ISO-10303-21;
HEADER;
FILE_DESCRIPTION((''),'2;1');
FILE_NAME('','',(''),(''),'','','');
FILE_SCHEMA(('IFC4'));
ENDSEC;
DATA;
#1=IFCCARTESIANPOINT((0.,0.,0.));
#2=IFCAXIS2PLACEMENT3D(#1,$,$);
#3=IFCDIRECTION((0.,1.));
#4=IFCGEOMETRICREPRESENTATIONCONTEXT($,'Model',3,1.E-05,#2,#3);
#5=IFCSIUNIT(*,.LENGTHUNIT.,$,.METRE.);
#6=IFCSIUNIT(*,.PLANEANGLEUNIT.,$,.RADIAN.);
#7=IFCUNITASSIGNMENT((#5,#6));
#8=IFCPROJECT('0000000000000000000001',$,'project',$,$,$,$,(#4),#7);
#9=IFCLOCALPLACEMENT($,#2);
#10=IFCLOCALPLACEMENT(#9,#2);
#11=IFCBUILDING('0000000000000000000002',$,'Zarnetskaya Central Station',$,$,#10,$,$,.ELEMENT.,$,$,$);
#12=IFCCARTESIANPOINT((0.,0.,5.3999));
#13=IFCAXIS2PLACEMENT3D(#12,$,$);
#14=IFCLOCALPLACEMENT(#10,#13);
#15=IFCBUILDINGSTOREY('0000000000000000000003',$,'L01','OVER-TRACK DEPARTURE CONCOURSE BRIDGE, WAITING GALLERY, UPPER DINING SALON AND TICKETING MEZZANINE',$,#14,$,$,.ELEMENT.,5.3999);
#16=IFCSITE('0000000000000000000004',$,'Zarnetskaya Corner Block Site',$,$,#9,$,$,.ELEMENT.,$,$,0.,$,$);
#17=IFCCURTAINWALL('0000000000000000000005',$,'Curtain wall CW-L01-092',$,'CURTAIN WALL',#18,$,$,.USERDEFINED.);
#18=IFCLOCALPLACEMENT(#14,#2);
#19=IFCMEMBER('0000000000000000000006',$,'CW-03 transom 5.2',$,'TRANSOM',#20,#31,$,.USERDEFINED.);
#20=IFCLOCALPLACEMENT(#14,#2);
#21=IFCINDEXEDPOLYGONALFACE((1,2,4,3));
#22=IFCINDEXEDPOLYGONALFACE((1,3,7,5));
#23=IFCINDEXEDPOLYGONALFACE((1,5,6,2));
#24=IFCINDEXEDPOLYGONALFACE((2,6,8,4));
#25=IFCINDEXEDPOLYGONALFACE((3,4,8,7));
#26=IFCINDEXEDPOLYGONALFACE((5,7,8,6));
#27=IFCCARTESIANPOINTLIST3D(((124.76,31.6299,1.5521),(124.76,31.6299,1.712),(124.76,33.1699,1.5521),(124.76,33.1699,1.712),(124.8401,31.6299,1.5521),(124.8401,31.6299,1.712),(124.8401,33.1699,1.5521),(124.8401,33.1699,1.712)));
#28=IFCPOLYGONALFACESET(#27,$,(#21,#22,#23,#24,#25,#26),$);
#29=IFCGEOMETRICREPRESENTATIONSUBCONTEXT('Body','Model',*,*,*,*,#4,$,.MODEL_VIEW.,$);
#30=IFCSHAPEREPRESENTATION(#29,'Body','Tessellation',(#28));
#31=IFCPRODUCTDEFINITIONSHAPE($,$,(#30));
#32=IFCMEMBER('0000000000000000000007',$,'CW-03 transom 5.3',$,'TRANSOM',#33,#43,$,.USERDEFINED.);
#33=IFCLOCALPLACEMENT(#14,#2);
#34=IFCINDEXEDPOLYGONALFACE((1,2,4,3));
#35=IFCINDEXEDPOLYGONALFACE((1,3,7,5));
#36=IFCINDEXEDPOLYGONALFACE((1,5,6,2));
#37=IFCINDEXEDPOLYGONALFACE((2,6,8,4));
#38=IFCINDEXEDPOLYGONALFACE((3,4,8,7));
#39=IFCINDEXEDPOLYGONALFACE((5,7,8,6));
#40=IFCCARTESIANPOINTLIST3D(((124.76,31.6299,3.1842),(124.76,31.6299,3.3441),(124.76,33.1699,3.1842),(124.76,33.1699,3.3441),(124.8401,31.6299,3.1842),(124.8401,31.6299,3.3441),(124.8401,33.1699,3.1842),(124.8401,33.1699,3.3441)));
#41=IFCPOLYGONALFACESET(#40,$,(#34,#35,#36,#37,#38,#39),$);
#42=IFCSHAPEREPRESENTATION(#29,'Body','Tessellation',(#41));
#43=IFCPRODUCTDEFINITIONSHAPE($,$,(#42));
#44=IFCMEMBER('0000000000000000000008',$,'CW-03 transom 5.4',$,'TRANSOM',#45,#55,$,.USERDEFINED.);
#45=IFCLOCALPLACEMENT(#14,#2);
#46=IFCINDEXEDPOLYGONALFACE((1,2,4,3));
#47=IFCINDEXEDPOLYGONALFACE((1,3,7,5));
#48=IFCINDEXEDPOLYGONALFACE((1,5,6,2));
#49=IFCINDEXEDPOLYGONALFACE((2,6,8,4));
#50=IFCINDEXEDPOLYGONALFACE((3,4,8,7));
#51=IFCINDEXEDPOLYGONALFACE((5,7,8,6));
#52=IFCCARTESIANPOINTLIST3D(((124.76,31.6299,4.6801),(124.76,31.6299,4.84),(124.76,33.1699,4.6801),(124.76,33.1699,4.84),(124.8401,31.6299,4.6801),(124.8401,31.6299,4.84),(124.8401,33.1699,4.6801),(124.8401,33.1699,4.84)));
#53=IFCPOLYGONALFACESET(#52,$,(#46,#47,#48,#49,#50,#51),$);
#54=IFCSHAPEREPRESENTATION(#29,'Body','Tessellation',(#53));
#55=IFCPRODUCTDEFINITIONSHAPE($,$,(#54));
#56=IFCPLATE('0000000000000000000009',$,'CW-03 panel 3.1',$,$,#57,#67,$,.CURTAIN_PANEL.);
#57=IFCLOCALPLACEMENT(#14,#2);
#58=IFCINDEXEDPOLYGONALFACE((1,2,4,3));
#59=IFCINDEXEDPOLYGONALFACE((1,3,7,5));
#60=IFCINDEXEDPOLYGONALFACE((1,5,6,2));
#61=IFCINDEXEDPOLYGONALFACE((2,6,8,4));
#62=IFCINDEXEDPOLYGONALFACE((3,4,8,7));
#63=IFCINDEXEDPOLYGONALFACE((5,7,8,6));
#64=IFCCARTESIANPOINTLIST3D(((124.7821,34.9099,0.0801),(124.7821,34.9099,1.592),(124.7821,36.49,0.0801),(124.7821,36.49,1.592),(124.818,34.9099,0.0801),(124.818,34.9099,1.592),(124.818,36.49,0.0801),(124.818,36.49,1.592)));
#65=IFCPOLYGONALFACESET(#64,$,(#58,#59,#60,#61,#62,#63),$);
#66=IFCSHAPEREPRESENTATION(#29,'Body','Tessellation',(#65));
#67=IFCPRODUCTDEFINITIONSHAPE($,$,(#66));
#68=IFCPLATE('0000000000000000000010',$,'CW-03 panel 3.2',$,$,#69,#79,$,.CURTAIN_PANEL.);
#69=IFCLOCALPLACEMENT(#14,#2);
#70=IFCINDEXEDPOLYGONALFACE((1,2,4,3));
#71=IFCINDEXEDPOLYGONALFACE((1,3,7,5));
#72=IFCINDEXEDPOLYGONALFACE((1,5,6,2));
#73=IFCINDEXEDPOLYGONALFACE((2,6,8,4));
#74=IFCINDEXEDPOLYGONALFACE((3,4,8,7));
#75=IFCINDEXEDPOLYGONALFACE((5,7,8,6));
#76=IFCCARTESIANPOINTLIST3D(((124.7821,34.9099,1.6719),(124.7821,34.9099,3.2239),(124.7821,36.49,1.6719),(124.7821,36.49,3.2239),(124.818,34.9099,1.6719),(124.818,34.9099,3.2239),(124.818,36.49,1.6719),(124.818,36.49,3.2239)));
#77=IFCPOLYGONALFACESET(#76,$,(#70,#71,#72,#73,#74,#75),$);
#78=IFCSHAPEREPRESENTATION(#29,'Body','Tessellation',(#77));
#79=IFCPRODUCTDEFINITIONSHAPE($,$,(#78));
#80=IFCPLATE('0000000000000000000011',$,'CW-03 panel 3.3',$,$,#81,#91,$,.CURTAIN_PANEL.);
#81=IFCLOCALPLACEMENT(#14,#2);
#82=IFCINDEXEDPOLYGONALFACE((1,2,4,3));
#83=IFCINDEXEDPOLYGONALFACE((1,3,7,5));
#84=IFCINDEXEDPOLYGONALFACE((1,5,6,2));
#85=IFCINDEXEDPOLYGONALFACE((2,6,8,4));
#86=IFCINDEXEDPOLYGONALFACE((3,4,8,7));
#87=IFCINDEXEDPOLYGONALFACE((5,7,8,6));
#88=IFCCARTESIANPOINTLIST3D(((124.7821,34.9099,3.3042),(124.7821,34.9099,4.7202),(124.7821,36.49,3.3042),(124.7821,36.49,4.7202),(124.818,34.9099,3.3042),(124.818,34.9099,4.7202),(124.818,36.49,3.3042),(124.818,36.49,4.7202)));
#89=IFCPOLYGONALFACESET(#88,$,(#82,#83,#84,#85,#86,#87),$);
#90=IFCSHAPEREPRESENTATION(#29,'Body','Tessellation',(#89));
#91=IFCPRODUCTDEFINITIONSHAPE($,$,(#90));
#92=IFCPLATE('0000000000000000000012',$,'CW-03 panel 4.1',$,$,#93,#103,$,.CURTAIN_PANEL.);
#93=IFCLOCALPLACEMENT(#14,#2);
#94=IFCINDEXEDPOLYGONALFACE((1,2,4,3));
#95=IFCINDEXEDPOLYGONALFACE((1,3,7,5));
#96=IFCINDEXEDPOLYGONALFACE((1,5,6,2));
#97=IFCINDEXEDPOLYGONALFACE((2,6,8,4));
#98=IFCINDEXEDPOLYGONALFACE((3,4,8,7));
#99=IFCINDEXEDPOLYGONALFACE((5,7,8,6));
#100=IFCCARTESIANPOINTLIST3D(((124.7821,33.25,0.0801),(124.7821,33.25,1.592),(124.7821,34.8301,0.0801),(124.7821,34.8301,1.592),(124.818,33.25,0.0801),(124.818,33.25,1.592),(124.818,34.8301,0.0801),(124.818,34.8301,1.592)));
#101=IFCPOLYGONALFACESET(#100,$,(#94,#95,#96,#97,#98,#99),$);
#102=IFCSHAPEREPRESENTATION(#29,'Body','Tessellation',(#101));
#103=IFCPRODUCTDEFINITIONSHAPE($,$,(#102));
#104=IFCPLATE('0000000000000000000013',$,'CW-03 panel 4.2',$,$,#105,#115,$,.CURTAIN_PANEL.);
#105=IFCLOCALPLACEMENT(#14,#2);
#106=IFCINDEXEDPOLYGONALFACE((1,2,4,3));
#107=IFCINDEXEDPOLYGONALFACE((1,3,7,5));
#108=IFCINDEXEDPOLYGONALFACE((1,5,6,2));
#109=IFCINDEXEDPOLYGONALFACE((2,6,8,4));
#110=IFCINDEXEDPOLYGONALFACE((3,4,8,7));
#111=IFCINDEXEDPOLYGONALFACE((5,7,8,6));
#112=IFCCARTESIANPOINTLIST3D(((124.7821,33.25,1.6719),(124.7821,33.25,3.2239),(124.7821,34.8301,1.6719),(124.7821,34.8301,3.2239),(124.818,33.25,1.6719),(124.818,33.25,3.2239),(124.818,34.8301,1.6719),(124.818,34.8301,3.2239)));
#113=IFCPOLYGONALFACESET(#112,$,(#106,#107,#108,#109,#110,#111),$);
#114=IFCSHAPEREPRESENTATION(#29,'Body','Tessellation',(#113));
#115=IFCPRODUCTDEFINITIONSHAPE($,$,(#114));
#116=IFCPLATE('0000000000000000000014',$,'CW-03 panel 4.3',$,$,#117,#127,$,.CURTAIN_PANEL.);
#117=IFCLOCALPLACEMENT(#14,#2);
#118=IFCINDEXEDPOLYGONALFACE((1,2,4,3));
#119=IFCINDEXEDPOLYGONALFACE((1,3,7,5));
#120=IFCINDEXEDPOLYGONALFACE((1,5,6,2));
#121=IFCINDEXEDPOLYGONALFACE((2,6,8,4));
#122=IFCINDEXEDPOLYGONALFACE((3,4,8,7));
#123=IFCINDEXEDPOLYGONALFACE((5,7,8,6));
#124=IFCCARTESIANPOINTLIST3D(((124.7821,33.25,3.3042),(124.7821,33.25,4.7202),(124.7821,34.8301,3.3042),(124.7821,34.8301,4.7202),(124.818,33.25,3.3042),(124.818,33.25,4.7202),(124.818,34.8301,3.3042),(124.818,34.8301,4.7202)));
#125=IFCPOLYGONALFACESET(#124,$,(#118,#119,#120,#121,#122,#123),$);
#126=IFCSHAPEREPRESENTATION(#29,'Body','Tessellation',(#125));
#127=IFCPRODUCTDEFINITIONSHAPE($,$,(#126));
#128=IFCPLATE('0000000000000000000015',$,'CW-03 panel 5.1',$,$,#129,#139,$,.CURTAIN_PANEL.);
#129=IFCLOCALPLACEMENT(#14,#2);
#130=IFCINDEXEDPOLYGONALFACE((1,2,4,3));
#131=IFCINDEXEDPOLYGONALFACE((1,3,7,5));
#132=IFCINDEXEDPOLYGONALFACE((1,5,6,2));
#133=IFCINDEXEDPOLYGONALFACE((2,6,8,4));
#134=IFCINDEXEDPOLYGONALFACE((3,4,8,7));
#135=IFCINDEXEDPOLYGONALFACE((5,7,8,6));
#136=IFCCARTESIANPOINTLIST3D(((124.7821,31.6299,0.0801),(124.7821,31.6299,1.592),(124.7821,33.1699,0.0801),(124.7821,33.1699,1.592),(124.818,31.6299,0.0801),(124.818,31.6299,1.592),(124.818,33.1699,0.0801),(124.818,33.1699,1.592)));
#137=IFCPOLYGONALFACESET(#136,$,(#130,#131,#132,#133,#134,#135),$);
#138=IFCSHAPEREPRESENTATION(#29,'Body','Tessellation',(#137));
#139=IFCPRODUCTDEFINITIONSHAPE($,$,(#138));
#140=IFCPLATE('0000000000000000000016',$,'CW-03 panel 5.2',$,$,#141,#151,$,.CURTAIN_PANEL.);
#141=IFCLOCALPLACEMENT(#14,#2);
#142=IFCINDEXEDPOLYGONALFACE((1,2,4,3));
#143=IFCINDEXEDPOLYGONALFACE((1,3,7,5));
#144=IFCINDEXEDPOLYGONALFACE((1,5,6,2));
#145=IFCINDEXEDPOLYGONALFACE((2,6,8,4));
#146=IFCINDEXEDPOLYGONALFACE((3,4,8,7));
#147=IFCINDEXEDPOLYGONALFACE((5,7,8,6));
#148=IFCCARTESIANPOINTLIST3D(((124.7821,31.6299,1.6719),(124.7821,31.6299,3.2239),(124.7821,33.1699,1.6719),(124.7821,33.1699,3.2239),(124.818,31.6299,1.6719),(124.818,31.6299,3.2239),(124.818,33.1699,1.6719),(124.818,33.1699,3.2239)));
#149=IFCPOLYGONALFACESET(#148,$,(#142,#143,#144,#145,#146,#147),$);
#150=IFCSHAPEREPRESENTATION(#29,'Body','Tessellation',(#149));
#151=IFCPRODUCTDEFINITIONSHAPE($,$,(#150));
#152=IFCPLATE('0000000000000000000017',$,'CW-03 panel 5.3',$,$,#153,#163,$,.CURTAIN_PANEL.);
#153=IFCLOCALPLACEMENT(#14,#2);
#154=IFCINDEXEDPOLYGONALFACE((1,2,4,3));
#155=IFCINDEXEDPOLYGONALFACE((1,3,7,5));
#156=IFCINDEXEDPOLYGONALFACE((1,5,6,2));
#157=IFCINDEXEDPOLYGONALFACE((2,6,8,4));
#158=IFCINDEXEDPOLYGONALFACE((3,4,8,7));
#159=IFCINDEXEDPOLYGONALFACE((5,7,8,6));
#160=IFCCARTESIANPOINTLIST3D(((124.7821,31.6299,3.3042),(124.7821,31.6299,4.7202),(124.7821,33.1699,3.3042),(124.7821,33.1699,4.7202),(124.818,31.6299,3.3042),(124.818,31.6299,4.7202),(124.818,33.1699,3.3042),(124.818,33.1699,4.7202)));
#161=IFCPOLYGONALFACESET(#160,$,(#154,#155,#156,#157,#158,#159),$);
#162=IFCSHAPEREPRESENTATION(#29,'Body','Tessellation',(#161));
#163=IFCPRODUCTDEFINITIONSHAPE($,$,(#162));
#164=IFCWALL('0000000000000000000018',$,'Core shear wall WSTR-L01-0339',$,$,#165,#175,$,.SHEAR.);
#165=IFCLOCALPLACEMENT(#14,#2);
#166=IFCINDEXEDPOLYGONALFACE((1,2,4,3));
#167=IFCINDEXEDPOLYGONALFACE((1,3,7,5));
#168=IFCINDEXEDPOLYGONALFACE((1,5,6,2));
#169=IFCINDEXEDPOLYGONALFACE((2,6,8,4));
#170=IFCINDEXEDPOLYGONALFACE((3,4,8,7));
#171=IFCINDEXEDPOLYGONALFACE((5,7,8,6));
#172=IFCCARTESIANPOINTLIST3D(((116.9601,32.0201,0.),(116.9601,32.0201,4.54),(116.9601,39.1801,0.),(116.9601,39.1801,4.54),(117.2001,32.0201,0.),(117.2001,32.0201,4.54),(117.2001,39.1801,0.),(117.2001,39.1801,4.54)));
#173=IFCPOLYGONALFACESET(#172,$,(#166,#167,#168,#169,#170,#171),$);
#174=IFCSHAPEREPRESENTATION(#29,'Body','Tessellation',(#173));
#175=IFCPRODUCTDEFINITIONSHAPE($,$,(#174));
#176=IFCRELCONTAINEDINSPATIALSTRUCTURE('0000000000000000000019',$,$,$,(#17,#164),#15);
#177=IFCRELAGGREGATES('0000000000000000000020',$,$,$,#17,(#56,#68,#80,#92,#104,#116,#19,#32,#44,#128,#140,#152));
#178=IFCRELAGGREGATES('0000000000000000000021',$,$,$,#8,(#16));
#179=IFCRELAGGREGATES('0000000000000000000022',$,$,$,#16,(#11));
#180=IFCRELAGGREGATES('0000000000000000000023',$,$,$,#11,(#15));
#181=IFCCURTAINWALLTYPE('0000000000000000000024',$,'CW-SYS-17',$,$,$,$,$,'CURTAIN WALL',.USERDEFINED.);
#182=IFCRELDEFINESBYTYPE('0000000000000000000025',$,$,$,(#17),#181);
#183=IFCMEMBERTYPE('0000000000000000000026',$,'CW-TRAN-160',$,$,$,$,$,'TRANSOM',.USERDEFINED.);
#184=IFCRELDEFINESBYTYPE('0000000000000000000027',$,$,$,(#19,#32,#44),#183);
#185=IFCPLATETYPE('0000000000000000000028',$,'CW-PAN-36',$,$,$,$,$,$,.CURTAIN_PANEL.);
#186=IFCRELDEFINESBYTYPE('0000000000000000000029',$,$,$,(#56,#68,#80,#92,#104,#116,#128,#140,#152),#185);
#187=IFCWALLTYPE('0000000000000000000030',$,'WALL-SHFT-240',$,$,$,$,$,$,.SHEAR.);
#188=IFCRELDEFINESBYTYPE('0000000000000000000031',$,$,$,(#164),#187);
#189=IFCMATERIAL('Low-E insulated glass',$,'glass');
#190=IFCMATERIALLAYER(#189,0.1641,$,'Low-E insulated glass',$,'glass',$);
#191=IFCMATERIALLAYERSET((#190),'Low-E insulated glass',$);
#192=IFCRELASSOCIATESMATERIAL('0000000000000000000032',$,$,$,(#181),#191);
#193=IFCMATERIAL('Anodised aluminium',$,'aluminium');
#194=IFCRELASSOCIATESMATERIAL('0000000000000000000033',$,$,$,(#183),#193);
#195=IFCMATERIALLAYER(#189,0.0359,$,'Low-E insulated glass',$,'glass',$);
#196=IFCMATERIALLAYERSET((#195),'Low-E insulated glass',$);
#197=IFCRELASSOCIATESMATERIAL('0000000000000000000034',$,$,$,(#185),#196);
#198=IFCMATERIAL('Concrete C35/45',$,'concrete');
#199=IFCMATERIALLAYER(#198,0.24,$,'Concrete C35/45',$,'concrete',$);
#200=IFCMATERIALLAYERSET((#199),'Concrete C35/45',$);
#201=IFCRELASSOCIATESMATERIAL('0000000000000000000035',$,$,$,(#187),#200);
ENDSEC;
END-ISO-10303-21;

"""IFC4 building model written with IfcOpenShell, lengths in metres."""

from ifc_helpers import new_model, si_unit, direction, frame, frame_2d, origin, origin_2d, place, context, subcontext, project, spatial, rectangle, extrude, material, layer, layer_set, material_profile, profile_set, type_object, element, aggregate, save


model = new_model("IFC4")

# Units and contexts
model_context = context("Model", 3, precision=1e-05, world=origin(), true_north=direction((0.0, 1.0)))
body_context = subcontext(model_context, "Body", "Model", "MODEL_VIEW")
ifc_project = project(units=[si_unit("LENGTHUNIT", "METRE"), si_unit("PLANEANGLEUNIT", "RADIAN")], contexts=[model_context])

# Site, building, storey
site_placement = place(None, origin())
site = spatial("IfcSite", under=ifc_project, at=site_placement, Name="Zarnetskaya Corner Block Site", CompositionType="ELEMENT", RefElevation=0.0)
building_placement = place(site_placement, origin())
building = spatial("IfcBuilding", under=site, at=building_placement, Name="Zarnetskaya Central Station", CompositionType="ELEMENT")
storey_placement = place(building_placement, frame((0.0, 0.0, 5.3999)))
storey = spatial("IfcBuildingStorey", under=building, at=storey_placement, Name="L01", Description="OVER-TRACK DEPARTURE CONCOURSE BRIDGE, WAITING GALLERY, UPPER DINING SALON AND TICKETING MEZZANINE", CompositionType="ELEMENT", Elevation=5.3999)

# Curtain wall, members, plates
ifc_material_1 = material(Name="Low-E insulated glass", Category="glass")
ifc_layer_1 = layer(ifc_material_1, 0.1641, Name="Low-E insulated glass", Category="glass")
ifc_layer_set_1 = layer_set([ifc_layer_1], Name="Low-E insulated glass")
curtain_wall_type = type_object("IfcCurtainWallType", Name="CW-SYS-17", ElementType="CURTAIN WALL", PredefinedType="USERDEFINED", material=ifc_layer_set_1)
curtain_wall_placement = place(storey_placement, origin())
curtain_wall = element("IfcCurtainWall", 1, at=curtain_wall_placement, inside=storey, type_object=curtain_wall_type, Name="Curtain wall CW-L01-092", ObjectType="CURTAIN WALL", PredefinedType="USERDEFINED")
ifc_material_2 = material(Name="Anodised aluminium", Category="aluminium")
ifc_material_profile_1 = material_profile(ifc_material_2, rectangle(XDim=0.0801, YDim=0.1599, at=origin_2d()), Name="ALU TRAN 80x160")
ifc_profile_set_1 = profile_set([ifc_material_profile_1], Name="Anodised aluminium")
member_type_1 = type_object("IfcMemberType", Name="CW-TRAN-160", ElementType="TRANSOM", PredefinedType="USERDEFINED", material=ifc_profile_set_1)
member_1_placement = place(storey_placement, frame((124.8, 33.1699, 1.6321), z_axis=(0.0, -1.0, 0.0), x_axis=(1.0, 0.0, 0.0)))
member_1 = element("IfcMember", 2, at=member_1_placement, type_object=member_type_1, Name="CW-03 transom 5.2", ObjectType="TRANSOM", PredefinedType="USERDEFINED", context=body_context, shape_type="SweptSolid", body=[
    extrude(rectangle(XDim=0.0801, YDim=0.1599, at=origin_2d()), origin(), (0.0, 0.0, 1.0), 1.54),
])
member_2_placement = place(storey_placement, frame((124.8, 33.1699, 3.2642), z_axis=(0.0, -1.0, 0.0), x_axis=(1.0, 0.0, 0.0)))
member_2 = element("IfcMember", 3, at=member_2_placement, type_object=member_type_1, Name="CW-03 transom 5.3", ObjectType="TRANSOM", PredefinedType="USERDEFINED", context=body_context, shape_type="SweptSolid", body=[
    extrude(rectangle(XDim=0.0801, YDim=0.1599, at=origin_2d()), origin(), (0.0, 0.0, 1.0), 1.54),
])
member_3_placement = place(storey_placement, frame((124.8, 33.1699, 4.76), z_axis=(0.0, -1.0, 0.0), x_axis=(1.0, 0.0, 0.0)))
member_3 = element("IfcMember", 4, at=member_3_placement, type_object=member_type_1, Name="CW-03 transom 5.4", ObjectType="TRANSOM", PredefinedType="USERDEFINED", context=body_context, shape_type="SweptSolid", body=[
    extrude(rectangle(XDim=0.0801, YDim=0.1599, at=origin_2d()), origin(), (0.0, 0.0, 1.0), 1.54),
])
ifc_layer_2 = layer(ifc_material_1, 0.0359, Name="Low-E insulated glass", Category="glass")
ifc_layer_set_2 = layer_set([ifc_layer_2], Name="Low-E insulated glass")
plate_type = type_object("IfcPlateType", Name="CW-PAN-36", PredefinedType="CURTAIN_PANEL", material=ifc_layer_set_2)
plate_1_placement = place(storey_placement, frame((124.8, 35.7, 0.0801), z_axis=(0.0, 0.0, 1.0), x_axis=(0.0, -1.0, 0.0)))
plate_1 = element("IfcPlate", 5, at=plate_1_placement, type_object=plate_type, Name="CW-03 panel 3.1", PredefinedType="CURTAIN_PANEL", context=body_context, shape_type="SweptSolid", body=[
    extrude(rectangle(XDim=1.5801, YDim=0.0359, at=origin_2d()), origin(), (0.0, 0.0, 1.0), 1.512),
])
plate_2_placement = place(storey_placement, frame((124.8, 35.7, 1.6719), z_axis=(0.0, 0.0, 1.0), x_axis=(0.0, -1.0, 0.0)))
plate_2 = element("IfcPlate", 6, at=plate_2_placement, type_object=plate_type, Name="CW-03 panel 3.2", PredefinedType="CURTAIN_PANEL", context=body_context, shape_type="SweptSolid", body=[
    extrude(rectangle(XDim=1.5801, YDim=0.0359, at=origin_2d()), origin(), (0.0, 0.0, 1.0), 1.552),
])
plate_3_placement = place(storey_placement, frame((124.8, 35.7, 3.3042), z_axis=(0.0, 0.0, 1.0), x_axis=(0.0, -1.0, 0.0)))
plate_3 = element("IfcPlate", 7, at=plate_3_placement, type_object=plate_type, Name="CW-03 panel 3.3", PredefinedType="CURTAIN_PANEL", context=body_context, shape_type="SweptSolid", body=[
    extrude(rectangle(XDim=1.5801, YDim=0.0359, at=origin_2d()), origin(), (0.0, 0.0, 1.0), 1.416),
])
plate_4_placement = place(storey_placement, frame((124.8, 34.04, 0.0801), z_axis=(0.0, 0.0, 1.0), x_axis=(0.0, -1.0, 0.0)))
plate_4 = element("IfcPlate", 8, at=plate_4_placement, type_object=plate_type, Name="CW-03 panel 4.1", PredefinedType="CURTAIN_PANEL", context=body_context, shape_type="SweptSolid", body=[
    extrude(rectangle(XDim=1.5801, YDim=0.0359, at=origin_2d()), origin(), (0.0, 0.0, 1.0), 1.512),
])
plate_5_placement = place(storey_placement, frame((124.8, 34.04, 1.6719), z_axis=(0.0, 0.0, 1.0), x_axis=(0.0, -1.0, 0.0)))
plate_5 = element("IfcPlate", 9, at=plate_5_placement, type_object=plate_type, Name="CW-03 panel 4.2", PredefinedType="CURTAIN_PANEL", context=body_context, shape_type="SweptSolid", body=[
    extrude(rectangle(XDim=1.5801, YDim=0.0359, at=origin_2d()), origin(), (0.0, 0.0, 1.0), 1.552),
])
plate_6_placement = place(storey_placement, frame((124.8, 34.04, 3.3042), z_axis=(0.0, 0.0, 1.0), x_axis=(0.0, -1.0, 0.0)))
plate_6 = element("IfcPlate", 10, at=plate_6_placement, type_object=plate_type, Name="CW-03 panel 4.3", PredefinedType="CURTAIN_PANEL", context=body_context, shape_type="SweptSolid", body=[
    extrude(rectangle(XDim=1.5801, YDim=0.0359, at=origin_2d()), origin(), (0.0, 0.0, 1.0), 1.416),
])
plate_7_placement = place(storey_placement, frame((124.8, 32.3999, 0.0801), z_axis=(0.0, 0.0, 1.0), x_axis=(0.0, -1.0, 0.0)))
plate_7 = element("IfcPlate", 11, at=plate_7_placement, type_object=plate_type, Name="CW-03 panel 5.1", PredefinedType="CURTAIN_PANEL", context=body_context, shape_type="SweptSolid", body=[
    extrude(rectangle(XDim=1.54, YDim=0.0359, at=origin_2d()), origin(), (0.0, 0.0, 1.0), 1.512),
])
plate_8_placement = place(storey_placement, frame((124.8, 32.3999, 1.6719), z_axis=(0.0, 0.0, 1.0), x_axis=(0.0, -1.0, 0.0)))
plate_8 = element("IfcPlate", 12, at=plate_8_placement, type_object=plate_type, Name="CW-03 panel 5.2", PredefinedType="CURTAIN_PANEL", context=body_context, shape_type="SweptSolid", body=[
    extrude(rectangle(XDim=1.54, YDim=0.0359, at=origin_2d()), origin(), (0.0, 0.0, 1.0), 1.552),
])
plate_9_placement = place(storey_placement, frame((124.8, 32.3999, 3.3042), z_axis=(0.0, 0.0, 1.0), x_axis=(0.0, -1.0, 0.0)))
plate_9 = element("IfcPlate", 13, at=plate_9_placement, type_object=plate_type, Name="CW-03 panel 5.3", PredefinedType="CURTAIN_PANEL", context=body_context, shape_type="SweptSolid", body=[
    extrude(rectangle(XDim=1.54, YDim=0.0359, at=origin_2d()), origin(), (0.0, 0.0, 1.0), 1.416),
])
aggregate(curtain_wall, [plate_1, plate_2, plate_3, plate_4, plate_5, plate_6, member_1, member_2, member_3, plate_7, plate_8, plate_9])

# Shared definitions
ifc_material_3 = material(Name="Concrete C35/45", Category="concrete")
ifc_layer_3 = layer(ifc_material_3, 0.24, Name="Concrete C35/45", Category="concrete")
ifc_layer_set_3 = layer_set([ifc_layer_3], Name="Concrete C35/45")
wall_type = type_object("IfcWallType", Name="WALL-SHFT-240", PredefinedType="SHEAR", material=ifc_layer_set_3)

# Wall
wall_1_placement = place(storey_placement, frame((117.0801, 32.02, 0.0), z_axis=(0.0, 0.0, 1.0), x_axis=(0.0, 1.0, 0.0)))
element("IfcWall", 14, at=wall_1_placement, inside=storey, type_object=wall_type, Name="Core shear wall WSTR-L01-0339", PredefinedType="SHEAR", context=body_context, shape_type="SweptSolid", body=[
    extrude(rectangle(XDim=7.1599, YDim=0.24, at=frame_2d((3.5801, 0.0))), origin(), (0.0, 0.0, 1.0), 4.54),
])

save(model, "model.ifc")
